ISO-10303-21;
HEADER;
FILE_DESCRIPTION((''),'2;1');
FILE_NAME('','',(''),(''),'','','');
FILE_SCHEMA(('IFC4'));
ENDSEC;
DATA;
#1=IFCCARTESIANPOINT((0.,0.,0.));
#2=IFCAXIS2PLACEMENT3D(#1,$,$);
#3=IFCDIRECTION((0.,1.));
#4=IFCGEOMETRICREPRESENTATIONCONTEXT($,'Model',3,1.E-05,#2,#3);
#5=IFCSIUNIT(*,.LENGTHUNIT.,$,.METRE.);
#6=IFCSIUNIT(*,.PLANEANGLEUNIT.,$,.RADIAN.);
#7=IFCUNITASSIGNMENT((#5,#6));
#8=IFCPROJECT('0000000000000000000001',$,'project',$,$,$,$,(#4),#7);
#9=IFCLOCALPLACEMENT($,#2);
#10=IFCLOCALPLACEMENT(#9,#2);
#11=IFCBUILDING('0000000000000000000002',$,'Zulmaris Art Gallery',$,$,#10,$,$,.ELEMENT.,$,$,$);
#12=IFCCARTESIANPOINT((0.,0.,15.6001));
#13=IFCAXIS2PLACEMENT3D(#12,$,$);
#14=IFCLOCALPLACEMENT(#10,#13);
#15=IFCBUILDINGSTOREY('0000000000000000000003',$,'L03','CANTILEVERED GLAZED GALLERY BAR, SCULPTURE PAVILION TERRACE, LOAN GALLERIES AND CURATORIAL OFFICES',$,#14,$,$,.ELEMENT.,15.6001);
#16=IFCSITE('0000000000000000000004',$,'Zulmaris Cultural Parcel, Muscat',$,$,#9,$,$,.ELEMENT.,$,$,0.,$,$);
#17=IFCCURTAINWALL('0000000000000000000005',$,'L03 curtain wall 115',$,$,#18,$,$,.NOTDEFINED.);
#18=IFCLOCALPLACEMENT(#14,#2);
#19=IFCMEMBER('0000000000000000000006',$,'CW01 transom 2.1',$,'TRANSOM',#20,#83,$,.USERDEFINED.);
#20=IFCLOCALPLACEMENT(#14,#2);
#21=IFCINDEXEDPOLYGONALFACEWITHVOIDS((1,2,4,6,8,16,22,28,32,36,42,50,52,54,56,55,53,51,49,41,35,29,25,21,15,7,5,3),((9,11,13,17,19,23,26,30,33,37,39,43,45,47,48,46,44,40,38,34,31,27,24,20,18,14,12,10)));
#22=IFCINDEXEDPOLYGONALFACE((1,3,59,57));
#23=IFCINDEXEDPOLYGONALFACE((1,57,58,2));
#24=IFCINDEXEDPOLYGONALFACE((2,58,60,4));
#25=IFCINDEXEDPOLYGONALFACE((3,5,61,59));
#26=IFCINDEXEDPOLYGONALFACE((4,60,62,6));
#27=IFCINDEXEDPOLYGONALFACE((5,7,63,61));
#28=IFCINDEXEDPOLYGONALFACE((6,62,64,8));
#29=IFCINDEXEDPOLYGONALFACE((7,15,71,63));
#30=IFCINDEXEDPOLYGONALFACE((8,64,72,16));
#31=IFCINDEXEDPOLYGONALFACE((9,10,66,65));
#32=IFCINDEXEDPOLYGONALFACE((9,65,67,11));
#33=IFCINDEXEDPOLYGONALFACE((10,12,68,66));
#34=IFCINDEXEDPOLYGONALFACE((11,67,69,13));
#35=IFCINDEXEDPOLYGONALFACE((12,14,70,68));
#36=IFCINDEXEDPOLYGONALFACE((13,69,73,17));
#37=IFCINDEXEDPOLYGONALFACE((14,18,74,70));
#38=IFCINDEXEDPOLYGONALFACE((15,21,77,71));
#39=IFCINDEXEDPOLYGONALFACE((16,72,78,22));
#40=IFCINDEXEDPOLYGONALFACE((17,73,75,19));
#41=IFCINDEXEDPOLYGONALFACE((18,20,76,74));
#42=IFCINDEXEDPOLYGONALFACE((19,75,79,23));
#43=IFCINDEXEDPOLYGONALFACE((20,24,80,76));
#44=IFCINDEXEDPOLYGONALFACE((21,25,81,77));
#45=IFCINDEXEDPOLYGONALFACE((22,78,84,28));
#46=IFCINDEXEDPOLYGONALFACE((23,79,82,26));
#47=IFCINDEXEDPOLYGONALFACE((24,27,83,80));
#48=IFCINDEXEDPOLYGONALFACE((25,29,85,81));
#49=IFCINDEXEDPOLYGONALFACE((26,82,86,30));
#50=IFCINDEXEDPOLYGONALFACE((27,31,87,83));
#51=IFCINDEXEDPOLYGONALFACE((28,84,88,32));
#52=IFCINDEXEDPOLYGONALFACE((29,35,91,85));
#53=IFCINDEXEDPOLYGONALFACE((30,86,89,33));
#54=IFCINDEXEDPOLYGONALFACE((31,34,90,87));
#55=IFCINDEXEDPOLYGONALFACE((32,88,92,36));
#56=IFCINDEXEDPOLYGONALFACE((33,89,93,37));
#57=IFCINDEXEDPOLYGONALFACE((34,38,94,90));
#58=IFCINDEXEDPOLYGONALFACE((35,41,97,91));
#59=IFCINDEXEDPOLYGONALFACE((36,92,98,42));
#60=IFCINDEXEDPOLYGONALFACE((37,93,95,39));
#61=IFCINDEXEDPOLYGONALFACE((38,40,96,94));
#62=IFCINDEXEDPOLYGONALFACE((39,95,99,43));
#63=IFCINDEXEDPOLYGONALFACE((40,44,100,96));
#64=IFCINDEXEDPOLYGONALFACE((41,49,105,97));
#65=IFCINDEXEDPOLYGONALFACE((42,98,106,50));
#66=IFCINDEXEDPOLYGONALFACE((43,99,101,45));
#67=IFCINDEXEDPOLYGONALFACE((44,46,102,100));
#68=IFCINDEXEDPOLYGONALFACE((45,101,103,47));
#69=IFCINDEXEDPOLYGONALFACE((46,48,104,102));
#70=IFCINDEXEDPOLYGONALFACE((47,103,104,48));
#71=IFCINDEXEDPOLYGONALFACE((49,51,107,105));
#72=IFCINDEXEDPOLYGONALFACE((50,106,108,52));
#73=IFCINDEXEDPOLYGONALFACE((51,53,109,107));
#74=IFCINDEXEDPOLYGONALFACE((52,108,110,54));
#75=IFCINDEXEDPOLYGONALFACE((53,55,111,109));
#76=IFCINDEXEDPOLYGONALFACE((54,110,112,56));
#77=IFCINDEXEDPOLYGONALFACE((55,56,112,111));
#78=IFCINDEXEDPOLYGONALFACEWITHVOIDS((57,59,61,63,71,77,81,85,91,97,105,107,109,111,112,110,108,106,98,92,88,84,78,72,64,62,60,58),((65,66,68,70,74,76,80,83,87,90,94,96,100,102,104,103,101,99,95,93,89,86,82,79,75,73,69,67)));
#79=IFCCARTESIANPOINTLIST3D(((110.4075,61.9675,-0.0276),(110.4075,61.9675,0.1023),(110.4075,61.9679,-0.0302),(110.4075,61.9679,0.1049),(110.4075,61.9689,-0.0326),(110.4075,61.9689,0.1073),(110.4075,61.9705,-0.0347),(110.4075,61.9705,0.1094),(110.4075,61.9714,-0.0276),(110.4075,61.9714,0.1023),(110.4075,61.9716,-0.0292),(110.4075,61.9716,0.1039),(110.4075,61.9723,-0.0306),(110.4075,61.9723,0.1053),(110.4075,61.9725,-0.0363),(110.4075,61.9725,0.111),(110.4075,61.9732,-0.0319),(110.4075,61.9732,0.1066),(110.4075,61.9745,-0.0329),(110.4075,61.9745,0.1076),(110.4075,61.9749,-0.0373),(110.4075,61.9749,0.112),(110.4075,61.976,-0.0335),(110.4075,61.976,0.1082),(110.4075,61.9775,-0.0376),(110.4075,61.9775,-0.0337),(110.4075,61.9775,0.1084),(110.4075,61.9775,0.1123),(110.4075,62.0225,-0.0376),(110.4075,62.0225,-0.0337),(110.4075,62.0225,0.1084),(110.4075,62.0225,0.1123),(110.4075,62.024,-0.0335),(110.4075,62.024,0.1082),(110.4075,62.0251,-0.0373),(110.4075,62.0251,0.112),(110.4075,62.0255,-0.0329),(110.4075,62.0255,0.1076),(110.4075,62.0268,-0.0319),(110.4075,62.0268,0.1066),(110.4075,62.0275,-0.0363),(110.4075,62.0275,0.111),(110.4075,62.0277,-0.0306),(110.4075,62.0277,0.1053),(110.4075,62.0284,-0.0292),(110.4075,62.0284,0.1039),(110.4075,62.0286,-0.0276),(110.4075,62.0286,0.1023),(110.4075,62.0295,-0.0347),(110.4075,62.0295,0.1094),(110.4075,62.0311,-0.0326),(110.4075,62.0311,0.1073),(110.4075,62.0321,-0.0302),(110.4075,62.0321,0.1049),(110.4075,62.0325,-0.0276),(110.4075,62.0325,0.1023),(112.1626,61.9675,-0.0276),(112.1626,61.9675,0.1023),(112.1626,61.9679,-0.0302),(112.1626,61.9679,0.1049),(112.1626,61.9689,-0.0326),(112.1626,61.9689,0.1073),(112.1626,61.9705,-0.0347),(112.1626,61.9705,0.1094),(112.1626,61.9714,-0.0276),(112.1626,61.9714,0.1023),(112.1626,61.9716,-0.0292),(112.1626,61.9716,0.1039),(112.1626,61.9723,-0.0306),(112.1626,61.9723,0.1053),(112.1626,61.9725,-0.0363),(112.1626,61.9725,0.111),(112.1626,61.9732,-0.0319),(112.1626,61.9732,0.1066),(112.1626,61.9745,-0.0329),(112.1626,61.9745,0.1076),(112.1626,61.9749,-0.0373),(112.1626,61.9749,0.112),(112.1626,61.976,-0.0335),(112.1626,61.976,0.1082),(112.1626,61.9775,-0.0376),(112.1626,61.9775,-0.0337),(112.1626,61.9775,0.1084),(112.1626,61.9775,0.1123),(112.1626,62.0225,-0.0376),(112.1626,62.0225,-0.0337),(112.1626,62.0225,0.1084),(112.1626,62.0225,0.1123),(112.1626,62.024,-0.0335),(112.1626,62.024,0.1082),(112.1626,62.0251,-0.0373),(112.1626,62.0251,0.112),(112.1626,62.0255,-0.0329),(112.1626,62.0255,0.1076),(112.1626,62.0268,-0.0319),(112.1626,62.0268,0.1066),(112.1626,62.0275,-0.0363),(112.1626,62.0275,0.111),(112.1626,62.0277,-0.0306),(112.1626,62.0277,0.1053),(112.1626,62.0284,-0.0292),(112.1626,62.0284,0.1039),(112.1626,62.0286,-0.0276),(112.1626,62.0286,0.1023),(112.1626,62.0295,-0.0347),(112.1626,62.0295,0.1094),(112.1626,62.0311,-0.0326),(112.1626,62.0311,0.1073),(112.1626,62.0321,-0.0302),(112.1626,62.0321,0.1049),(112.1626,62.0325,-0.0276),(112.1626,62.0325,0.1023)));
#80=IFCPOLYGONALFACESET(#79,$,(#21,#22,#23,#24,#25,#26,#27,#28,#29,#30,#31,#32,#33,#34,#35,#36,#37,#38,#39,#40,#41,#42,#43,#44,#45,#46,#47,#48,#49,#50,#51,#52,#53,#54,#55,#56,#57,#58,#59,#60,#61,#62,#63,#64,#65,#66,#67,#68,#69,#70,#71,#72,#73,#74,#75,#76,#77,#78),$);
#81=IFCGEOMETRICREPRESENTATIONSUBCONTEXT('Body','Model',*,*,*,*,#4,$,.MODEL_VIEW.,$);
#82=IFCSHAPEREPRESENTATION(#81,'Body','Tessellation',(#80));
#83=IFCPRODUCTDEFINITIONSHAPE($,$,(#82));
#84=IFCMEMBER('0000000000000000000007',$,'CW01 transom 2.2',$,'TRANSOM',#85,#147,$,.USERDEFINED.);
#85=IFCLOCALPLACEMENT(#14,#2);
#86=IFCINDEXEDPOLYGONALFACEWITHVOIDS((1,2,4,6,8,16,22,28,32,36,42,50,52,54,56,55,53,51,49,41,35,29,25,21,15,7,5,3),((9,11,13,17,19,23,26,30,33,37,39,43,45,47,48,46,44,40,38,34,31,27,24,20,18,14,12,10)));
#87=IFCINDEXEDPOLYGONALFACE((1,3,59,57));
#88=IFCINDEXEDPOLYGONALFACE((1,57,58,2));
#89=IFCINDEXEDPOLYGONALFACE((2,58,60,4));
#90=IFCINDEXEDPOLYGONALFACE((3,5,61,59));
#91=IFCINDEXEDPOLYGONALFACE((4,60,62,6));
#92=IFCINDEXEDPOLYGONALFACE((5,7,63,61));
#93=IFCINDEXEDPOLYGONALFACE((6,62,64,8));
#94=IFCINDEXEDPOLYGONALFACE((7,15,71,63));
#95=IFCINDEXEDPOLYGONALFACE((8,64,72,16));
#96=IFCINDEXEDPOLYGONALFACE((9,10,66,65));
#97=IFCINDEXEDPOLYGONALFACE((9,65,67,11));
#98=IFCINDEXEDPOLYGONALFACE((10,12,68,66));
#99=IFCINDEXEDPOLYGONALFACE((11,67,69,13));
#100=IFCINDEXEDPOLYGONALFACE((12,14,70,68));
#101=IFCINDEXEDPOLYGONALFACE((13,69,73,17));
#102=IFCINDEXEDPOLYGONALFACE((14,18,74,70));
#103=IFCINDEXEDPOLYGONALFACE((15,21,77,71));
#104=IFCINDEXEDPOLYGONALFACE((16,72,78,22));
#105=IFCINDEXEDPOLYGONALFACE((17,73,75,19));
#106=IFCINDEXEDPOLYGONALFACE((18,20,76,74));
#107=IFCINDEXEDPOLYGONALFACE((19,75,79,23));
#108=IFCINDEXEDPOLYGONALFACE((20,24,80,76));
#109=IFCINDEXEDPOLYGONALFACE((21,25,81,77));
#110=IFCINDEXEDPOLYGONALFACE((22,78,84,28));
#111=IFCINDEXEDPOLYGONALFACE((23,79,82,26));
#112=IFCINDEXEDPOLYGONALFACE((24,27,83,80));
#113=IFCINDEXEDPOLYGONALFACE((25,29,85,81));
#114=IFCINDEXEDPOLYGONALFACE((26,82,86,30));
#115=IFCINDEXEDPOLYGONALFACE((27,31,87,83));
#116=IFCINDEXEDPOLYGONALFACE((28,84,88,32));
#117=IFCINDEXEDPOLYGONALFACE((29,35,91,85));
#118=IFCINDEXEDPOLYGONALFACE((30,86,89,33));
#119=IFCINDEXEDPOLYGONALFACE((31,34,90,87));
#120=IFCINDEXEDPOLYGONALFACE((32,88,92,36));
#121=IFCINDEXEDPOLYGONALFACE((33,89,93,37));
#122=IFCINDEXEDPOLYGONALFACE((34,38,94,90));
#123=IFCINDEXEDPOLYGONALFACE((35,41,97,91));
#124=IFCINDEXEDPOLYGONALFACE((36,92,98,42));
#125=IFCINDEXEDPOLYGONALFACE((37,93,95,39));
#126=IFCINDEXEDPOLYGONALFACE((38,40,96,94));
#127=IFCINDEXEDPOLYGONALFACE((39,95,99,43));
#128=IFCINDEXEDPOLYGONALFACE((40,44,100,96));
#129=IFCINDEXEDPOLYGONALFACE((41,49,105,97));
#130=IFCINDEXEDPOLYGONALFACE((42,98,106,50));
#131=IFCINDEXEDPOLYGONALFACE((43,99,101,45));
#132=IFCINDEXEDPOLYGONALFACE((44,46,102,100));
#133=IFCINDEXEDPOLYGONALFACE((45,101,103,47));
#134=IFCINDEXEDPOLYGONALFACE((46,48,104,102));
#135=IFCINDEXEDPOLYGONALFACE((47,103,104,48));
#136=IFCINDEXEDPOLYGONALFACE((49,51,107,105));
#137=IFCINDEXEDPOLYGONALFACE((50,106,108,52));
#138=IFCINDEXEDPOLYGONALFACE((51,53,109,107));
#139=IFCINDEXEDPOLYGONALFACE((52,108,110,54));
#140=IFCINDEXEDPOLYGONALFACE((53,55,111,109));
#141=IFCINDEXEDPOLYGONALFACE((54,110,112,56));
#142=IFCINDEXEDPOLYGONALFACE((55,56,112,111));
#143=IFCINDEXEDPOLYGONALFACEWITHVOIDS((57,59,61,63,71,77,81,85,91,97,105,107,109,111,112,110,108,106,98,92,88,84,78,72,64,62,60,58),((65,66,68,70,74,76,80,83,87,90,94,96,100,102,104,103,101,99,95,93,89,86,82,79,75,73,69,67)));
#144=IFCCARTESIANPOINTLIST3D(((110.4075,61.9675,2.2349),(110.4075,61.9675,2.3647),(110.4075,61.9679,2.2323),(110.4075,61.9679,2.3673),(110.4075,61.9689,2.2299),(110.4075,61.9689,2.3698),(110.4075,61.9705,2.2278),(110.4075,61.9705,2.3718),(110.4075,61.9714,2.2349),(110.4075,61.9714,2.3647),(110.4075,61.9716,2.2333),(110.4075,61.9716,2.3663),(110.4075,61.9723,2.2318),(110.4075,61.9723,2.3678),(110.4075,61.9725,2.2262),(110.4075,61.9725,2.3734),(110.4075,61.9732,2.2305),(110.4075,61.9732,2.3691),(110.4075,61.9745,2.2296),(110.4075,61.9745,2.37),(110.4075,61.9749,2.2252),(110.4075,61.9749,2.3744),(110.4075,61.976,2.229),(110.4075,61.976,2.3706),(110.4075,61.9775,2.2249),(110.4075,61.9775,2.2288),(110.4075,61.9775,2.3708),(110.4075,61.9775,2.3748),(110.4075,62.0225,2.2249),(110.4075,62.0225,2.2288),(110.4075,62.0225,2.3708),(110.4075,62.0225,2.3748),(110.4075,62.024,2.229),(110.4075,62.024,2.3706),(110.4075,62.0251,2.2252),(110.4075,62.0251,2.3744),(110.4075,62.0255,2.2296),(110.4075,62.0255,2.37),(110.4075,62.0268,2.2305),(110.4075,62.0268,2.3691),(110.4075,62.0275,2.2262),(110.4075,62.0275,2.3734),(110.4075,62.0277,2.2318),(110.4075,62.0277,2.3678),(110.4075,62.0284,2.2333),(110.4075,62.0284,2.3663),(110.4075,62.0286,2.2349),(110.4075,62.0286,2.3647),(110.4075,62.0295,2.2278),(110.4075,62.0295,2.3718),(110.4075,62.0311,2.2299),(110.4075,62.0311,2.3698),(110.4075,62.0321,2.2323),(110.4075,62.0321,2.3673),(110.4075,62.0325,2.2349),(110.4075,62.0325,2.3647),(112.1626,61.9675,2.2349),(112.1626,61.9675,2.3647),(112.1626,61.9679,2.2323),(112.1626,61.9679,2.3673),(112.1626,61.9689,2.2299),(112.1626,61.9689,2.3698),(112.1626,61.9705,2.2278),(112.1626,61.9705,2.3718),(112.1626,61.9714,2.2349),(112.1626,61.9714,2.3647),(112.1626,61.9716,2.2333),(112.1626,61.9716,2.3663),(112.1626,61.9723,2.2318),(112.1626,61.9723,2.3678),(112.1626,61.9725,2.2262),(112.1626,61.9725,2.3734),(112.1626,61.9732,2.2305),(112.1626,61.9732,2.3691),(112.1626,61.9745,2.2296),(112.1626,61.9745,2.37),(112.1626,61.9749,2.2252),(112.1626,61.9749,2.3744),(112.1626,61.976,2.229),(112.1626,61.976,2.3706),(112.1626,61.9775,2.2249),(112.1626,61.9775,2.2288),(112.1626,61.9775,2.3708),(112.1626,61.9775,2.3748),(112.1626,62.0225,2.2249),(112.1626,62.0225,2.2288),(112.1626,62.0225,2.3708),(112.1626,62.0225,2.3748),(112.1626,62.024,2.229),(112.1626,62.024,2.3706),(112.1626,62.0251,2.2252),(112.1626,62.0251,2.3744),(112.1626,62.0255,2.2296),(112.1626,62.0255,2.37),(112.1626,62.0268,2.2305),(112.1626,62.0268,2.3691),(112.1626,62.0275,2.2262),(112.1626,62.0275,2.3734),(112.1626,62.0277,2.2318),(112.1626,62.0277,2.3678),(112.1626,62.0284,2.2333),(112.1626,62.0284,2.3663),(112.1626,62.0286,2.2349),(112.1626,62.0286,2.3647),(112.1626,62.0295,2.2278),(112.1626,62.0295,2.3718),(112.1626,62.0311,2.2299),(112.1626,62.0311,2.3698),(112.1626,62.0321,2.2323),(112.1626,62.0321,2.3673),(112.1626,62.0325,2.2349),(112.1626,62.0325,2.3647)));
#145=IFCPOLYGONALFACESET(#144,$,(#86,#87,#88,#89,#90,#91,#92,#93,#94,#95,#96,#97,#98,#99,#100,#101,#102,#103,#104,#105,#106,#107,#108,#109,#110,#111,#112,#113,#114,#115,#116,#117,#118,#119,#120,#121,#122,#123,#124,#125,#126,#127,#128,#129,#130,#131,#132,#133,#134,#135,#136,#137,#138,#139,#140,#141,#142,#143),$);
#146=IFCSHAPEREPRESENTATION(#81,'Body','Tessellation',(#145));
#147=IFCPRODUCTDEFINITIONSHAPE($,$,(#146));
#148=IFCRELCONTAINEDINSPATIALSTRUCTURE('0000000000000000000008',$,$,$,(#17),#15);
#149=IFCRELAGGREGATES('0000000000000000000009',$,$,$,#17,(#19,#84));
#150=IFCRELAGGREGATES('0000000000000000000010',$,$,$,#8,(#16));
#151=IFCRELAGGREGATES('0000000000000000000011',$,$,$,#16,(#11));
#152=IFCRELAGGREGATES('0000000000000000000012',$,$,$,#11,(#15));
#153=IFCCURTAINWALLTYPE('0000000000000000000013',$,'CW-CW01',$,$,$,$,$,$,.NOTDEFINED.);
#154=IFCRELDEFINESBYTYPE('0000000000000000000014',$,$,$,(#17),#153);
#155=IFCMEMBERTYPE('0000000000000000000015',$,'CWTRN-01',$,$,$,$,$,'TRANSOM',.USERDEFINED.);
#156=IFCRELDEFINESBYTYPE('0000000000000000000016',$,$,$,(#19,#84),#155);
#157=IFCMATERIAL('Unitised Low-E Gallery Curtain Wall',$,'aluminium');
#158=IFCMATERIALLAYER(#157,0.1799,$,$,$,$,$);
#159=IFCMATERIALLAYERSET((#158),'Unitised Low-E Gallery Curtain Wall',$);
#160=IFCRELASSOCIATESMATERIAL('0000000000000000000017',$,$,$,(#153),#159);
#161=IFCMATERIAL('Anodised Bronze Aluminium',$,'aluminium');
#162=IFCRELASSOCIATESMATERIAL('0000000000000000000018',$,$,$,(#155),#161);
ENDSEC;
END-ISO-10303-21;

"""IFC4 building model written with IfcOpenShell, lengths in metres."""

from ifc_helpers import new_model, si_unit, direction, frame, origin, origin_2d, place, context, subcontext, project, spatial, hollow_rectangle, extrude, material, layer, layer_set, material_profile, profile_set, type_object, element, aggregate, save


model = new_model("IFC4")

# Units and contexts
model_context = context("Model", 3, precision=1e-05, world=origin(), true_north=direction((0.0, 1.0)))
body_context = subcontext(model_context, "Body", "Model", "MODEL_VIEW")
ifc_project = project(units=[si_unit("LENGTHUNIT", "METRE"), si_unit("PLANEANGLEUNIT", "RADIAN")], contexts=[model_context])

# Site, building, storey
site_placement = place(None, origin())
site = spatial("IfcSite", under=ifc_project, at=site_placement, Name="Zulmaris Cultural Parcel, Muscat", CompositionType="ELEMENT", RefElevation=0.0)
building_placement = place(site_placement, origin())
building = spatial("IfcBuilding", under=site, at=building_placement, Name="Zulmaris Art Gallery", CompositionType="ELEMENT")
storey_placement = place(building_placement, frame((0.0, 0.0, 15.6001)))
storey = spatial("IfcBuildingStorey", under=building, at=storey_placement, Name="L03", Description="CANTILEVERED GLAZED GALLERY BAR, SCULPTURE PAVILION TERRACE, LOAN GALLERIES AND CURATORIAL OFFICES", CompositionType="ELEMENT", Elevation=15.6001)

# Curtain wall, members
ifc_material_1 = material(Name="Unitised Low-E Gallery Curtain Wall", Category="aluminium")
ifc_layer_1 = layer(ifc_material_1, 0.1799)
ifc_layer_set_1 = layer_set([ifc_layer_1], Name="Unitised Low-E Gallery Curtain Wall")
curtain_wall_type = type_object("IfcCurtainWallType", Name="CW-CW01", PredefinedType="NOTDEFINED", material=ifc_layer_set_1)
curtain_wall_placement = place(storey_placement, origin())
curtain_wall = element("IfcCurtainWall", 1, at=curtain_wall_placement, inside=storey, type_object=curtain_wall_type, Name="L03 curtain wall 115", PredefinedType="NOTDEFINED")
ifc_material_2 = material(Name="Anodised Bronze Aluminium", Category="aluminium")
ifc_material_profile_1 = material_profile(ifc_material_2, hollow_rectangle(XDim=0.0649, YDim=0.1499, WallThickness=0.0039, InnerFilletRadius=0.0061, OuterFilletRadius=0.01, at=origin_2d()), Name="ALU 65x150x4")
ifc_profile_set_1 = profile_set([ifc_material_profile_1], Name="Anodised Bronze Aluminium")
member_type_1 = type_object("IfcMemberType", Name="CWTRN-01", ElementType="TRANSOM", PredefinedType="USERDEFINED", material=ifc_profile_set_1)
member_1_placement = place(storey_placement, frame((110.4075, 62.0, 0.0374), z_axis=(1.0, 0.0, 0.0), x_axis=(0.0, 1.0, 0.0)))
member_1 = element("IfcMember", 2, at=member_1_placement, type_object=member_type_1, Name="CW01 transom 2.1", ObjectType="TRANSOM", PredefinedType="USERDEFINED", context=body_context, shape_type="SweptSolid", body=[
    extrude(hollow_rectangle(XDim=0.0649, YDim=0.1499, WallThickness=0.0039, InnerFilletRadius=0.0061, OuterFilletRadius=0.01, at=origin_2d()), origin(), (0.0, 0.0, 1.0), 1.7551),
])
member_2_placement = place(storey_placement, frame((110.4075, 62.0, 2.2998), z_axis=(1.0, 0.0, 0.0), x_axis=(0.0, 1.0, 0.0)))
member_2 = element("IfcMember", 3, at=member_2_placement, type_object=member_type_1, Name="CW01 transom 2.2", ObjectType="TRANSOM", PredefinedType="USERDEFINED", context=body_context, shape_type="SweptSolid", body=[
    extrude(hollow_rectangle(XDim=0.0649, YDim=0.1499, WallThickness=0.0039, InnerFilletRadius=0.0061, OuterFilletRadius=0.01, at=origin_2d()), origin(), (0.0, 0.0, 1.0), 1.7551),
])
aggregate(curtain_wall, [member_1, member_2])

save(model, "model.ifc")
